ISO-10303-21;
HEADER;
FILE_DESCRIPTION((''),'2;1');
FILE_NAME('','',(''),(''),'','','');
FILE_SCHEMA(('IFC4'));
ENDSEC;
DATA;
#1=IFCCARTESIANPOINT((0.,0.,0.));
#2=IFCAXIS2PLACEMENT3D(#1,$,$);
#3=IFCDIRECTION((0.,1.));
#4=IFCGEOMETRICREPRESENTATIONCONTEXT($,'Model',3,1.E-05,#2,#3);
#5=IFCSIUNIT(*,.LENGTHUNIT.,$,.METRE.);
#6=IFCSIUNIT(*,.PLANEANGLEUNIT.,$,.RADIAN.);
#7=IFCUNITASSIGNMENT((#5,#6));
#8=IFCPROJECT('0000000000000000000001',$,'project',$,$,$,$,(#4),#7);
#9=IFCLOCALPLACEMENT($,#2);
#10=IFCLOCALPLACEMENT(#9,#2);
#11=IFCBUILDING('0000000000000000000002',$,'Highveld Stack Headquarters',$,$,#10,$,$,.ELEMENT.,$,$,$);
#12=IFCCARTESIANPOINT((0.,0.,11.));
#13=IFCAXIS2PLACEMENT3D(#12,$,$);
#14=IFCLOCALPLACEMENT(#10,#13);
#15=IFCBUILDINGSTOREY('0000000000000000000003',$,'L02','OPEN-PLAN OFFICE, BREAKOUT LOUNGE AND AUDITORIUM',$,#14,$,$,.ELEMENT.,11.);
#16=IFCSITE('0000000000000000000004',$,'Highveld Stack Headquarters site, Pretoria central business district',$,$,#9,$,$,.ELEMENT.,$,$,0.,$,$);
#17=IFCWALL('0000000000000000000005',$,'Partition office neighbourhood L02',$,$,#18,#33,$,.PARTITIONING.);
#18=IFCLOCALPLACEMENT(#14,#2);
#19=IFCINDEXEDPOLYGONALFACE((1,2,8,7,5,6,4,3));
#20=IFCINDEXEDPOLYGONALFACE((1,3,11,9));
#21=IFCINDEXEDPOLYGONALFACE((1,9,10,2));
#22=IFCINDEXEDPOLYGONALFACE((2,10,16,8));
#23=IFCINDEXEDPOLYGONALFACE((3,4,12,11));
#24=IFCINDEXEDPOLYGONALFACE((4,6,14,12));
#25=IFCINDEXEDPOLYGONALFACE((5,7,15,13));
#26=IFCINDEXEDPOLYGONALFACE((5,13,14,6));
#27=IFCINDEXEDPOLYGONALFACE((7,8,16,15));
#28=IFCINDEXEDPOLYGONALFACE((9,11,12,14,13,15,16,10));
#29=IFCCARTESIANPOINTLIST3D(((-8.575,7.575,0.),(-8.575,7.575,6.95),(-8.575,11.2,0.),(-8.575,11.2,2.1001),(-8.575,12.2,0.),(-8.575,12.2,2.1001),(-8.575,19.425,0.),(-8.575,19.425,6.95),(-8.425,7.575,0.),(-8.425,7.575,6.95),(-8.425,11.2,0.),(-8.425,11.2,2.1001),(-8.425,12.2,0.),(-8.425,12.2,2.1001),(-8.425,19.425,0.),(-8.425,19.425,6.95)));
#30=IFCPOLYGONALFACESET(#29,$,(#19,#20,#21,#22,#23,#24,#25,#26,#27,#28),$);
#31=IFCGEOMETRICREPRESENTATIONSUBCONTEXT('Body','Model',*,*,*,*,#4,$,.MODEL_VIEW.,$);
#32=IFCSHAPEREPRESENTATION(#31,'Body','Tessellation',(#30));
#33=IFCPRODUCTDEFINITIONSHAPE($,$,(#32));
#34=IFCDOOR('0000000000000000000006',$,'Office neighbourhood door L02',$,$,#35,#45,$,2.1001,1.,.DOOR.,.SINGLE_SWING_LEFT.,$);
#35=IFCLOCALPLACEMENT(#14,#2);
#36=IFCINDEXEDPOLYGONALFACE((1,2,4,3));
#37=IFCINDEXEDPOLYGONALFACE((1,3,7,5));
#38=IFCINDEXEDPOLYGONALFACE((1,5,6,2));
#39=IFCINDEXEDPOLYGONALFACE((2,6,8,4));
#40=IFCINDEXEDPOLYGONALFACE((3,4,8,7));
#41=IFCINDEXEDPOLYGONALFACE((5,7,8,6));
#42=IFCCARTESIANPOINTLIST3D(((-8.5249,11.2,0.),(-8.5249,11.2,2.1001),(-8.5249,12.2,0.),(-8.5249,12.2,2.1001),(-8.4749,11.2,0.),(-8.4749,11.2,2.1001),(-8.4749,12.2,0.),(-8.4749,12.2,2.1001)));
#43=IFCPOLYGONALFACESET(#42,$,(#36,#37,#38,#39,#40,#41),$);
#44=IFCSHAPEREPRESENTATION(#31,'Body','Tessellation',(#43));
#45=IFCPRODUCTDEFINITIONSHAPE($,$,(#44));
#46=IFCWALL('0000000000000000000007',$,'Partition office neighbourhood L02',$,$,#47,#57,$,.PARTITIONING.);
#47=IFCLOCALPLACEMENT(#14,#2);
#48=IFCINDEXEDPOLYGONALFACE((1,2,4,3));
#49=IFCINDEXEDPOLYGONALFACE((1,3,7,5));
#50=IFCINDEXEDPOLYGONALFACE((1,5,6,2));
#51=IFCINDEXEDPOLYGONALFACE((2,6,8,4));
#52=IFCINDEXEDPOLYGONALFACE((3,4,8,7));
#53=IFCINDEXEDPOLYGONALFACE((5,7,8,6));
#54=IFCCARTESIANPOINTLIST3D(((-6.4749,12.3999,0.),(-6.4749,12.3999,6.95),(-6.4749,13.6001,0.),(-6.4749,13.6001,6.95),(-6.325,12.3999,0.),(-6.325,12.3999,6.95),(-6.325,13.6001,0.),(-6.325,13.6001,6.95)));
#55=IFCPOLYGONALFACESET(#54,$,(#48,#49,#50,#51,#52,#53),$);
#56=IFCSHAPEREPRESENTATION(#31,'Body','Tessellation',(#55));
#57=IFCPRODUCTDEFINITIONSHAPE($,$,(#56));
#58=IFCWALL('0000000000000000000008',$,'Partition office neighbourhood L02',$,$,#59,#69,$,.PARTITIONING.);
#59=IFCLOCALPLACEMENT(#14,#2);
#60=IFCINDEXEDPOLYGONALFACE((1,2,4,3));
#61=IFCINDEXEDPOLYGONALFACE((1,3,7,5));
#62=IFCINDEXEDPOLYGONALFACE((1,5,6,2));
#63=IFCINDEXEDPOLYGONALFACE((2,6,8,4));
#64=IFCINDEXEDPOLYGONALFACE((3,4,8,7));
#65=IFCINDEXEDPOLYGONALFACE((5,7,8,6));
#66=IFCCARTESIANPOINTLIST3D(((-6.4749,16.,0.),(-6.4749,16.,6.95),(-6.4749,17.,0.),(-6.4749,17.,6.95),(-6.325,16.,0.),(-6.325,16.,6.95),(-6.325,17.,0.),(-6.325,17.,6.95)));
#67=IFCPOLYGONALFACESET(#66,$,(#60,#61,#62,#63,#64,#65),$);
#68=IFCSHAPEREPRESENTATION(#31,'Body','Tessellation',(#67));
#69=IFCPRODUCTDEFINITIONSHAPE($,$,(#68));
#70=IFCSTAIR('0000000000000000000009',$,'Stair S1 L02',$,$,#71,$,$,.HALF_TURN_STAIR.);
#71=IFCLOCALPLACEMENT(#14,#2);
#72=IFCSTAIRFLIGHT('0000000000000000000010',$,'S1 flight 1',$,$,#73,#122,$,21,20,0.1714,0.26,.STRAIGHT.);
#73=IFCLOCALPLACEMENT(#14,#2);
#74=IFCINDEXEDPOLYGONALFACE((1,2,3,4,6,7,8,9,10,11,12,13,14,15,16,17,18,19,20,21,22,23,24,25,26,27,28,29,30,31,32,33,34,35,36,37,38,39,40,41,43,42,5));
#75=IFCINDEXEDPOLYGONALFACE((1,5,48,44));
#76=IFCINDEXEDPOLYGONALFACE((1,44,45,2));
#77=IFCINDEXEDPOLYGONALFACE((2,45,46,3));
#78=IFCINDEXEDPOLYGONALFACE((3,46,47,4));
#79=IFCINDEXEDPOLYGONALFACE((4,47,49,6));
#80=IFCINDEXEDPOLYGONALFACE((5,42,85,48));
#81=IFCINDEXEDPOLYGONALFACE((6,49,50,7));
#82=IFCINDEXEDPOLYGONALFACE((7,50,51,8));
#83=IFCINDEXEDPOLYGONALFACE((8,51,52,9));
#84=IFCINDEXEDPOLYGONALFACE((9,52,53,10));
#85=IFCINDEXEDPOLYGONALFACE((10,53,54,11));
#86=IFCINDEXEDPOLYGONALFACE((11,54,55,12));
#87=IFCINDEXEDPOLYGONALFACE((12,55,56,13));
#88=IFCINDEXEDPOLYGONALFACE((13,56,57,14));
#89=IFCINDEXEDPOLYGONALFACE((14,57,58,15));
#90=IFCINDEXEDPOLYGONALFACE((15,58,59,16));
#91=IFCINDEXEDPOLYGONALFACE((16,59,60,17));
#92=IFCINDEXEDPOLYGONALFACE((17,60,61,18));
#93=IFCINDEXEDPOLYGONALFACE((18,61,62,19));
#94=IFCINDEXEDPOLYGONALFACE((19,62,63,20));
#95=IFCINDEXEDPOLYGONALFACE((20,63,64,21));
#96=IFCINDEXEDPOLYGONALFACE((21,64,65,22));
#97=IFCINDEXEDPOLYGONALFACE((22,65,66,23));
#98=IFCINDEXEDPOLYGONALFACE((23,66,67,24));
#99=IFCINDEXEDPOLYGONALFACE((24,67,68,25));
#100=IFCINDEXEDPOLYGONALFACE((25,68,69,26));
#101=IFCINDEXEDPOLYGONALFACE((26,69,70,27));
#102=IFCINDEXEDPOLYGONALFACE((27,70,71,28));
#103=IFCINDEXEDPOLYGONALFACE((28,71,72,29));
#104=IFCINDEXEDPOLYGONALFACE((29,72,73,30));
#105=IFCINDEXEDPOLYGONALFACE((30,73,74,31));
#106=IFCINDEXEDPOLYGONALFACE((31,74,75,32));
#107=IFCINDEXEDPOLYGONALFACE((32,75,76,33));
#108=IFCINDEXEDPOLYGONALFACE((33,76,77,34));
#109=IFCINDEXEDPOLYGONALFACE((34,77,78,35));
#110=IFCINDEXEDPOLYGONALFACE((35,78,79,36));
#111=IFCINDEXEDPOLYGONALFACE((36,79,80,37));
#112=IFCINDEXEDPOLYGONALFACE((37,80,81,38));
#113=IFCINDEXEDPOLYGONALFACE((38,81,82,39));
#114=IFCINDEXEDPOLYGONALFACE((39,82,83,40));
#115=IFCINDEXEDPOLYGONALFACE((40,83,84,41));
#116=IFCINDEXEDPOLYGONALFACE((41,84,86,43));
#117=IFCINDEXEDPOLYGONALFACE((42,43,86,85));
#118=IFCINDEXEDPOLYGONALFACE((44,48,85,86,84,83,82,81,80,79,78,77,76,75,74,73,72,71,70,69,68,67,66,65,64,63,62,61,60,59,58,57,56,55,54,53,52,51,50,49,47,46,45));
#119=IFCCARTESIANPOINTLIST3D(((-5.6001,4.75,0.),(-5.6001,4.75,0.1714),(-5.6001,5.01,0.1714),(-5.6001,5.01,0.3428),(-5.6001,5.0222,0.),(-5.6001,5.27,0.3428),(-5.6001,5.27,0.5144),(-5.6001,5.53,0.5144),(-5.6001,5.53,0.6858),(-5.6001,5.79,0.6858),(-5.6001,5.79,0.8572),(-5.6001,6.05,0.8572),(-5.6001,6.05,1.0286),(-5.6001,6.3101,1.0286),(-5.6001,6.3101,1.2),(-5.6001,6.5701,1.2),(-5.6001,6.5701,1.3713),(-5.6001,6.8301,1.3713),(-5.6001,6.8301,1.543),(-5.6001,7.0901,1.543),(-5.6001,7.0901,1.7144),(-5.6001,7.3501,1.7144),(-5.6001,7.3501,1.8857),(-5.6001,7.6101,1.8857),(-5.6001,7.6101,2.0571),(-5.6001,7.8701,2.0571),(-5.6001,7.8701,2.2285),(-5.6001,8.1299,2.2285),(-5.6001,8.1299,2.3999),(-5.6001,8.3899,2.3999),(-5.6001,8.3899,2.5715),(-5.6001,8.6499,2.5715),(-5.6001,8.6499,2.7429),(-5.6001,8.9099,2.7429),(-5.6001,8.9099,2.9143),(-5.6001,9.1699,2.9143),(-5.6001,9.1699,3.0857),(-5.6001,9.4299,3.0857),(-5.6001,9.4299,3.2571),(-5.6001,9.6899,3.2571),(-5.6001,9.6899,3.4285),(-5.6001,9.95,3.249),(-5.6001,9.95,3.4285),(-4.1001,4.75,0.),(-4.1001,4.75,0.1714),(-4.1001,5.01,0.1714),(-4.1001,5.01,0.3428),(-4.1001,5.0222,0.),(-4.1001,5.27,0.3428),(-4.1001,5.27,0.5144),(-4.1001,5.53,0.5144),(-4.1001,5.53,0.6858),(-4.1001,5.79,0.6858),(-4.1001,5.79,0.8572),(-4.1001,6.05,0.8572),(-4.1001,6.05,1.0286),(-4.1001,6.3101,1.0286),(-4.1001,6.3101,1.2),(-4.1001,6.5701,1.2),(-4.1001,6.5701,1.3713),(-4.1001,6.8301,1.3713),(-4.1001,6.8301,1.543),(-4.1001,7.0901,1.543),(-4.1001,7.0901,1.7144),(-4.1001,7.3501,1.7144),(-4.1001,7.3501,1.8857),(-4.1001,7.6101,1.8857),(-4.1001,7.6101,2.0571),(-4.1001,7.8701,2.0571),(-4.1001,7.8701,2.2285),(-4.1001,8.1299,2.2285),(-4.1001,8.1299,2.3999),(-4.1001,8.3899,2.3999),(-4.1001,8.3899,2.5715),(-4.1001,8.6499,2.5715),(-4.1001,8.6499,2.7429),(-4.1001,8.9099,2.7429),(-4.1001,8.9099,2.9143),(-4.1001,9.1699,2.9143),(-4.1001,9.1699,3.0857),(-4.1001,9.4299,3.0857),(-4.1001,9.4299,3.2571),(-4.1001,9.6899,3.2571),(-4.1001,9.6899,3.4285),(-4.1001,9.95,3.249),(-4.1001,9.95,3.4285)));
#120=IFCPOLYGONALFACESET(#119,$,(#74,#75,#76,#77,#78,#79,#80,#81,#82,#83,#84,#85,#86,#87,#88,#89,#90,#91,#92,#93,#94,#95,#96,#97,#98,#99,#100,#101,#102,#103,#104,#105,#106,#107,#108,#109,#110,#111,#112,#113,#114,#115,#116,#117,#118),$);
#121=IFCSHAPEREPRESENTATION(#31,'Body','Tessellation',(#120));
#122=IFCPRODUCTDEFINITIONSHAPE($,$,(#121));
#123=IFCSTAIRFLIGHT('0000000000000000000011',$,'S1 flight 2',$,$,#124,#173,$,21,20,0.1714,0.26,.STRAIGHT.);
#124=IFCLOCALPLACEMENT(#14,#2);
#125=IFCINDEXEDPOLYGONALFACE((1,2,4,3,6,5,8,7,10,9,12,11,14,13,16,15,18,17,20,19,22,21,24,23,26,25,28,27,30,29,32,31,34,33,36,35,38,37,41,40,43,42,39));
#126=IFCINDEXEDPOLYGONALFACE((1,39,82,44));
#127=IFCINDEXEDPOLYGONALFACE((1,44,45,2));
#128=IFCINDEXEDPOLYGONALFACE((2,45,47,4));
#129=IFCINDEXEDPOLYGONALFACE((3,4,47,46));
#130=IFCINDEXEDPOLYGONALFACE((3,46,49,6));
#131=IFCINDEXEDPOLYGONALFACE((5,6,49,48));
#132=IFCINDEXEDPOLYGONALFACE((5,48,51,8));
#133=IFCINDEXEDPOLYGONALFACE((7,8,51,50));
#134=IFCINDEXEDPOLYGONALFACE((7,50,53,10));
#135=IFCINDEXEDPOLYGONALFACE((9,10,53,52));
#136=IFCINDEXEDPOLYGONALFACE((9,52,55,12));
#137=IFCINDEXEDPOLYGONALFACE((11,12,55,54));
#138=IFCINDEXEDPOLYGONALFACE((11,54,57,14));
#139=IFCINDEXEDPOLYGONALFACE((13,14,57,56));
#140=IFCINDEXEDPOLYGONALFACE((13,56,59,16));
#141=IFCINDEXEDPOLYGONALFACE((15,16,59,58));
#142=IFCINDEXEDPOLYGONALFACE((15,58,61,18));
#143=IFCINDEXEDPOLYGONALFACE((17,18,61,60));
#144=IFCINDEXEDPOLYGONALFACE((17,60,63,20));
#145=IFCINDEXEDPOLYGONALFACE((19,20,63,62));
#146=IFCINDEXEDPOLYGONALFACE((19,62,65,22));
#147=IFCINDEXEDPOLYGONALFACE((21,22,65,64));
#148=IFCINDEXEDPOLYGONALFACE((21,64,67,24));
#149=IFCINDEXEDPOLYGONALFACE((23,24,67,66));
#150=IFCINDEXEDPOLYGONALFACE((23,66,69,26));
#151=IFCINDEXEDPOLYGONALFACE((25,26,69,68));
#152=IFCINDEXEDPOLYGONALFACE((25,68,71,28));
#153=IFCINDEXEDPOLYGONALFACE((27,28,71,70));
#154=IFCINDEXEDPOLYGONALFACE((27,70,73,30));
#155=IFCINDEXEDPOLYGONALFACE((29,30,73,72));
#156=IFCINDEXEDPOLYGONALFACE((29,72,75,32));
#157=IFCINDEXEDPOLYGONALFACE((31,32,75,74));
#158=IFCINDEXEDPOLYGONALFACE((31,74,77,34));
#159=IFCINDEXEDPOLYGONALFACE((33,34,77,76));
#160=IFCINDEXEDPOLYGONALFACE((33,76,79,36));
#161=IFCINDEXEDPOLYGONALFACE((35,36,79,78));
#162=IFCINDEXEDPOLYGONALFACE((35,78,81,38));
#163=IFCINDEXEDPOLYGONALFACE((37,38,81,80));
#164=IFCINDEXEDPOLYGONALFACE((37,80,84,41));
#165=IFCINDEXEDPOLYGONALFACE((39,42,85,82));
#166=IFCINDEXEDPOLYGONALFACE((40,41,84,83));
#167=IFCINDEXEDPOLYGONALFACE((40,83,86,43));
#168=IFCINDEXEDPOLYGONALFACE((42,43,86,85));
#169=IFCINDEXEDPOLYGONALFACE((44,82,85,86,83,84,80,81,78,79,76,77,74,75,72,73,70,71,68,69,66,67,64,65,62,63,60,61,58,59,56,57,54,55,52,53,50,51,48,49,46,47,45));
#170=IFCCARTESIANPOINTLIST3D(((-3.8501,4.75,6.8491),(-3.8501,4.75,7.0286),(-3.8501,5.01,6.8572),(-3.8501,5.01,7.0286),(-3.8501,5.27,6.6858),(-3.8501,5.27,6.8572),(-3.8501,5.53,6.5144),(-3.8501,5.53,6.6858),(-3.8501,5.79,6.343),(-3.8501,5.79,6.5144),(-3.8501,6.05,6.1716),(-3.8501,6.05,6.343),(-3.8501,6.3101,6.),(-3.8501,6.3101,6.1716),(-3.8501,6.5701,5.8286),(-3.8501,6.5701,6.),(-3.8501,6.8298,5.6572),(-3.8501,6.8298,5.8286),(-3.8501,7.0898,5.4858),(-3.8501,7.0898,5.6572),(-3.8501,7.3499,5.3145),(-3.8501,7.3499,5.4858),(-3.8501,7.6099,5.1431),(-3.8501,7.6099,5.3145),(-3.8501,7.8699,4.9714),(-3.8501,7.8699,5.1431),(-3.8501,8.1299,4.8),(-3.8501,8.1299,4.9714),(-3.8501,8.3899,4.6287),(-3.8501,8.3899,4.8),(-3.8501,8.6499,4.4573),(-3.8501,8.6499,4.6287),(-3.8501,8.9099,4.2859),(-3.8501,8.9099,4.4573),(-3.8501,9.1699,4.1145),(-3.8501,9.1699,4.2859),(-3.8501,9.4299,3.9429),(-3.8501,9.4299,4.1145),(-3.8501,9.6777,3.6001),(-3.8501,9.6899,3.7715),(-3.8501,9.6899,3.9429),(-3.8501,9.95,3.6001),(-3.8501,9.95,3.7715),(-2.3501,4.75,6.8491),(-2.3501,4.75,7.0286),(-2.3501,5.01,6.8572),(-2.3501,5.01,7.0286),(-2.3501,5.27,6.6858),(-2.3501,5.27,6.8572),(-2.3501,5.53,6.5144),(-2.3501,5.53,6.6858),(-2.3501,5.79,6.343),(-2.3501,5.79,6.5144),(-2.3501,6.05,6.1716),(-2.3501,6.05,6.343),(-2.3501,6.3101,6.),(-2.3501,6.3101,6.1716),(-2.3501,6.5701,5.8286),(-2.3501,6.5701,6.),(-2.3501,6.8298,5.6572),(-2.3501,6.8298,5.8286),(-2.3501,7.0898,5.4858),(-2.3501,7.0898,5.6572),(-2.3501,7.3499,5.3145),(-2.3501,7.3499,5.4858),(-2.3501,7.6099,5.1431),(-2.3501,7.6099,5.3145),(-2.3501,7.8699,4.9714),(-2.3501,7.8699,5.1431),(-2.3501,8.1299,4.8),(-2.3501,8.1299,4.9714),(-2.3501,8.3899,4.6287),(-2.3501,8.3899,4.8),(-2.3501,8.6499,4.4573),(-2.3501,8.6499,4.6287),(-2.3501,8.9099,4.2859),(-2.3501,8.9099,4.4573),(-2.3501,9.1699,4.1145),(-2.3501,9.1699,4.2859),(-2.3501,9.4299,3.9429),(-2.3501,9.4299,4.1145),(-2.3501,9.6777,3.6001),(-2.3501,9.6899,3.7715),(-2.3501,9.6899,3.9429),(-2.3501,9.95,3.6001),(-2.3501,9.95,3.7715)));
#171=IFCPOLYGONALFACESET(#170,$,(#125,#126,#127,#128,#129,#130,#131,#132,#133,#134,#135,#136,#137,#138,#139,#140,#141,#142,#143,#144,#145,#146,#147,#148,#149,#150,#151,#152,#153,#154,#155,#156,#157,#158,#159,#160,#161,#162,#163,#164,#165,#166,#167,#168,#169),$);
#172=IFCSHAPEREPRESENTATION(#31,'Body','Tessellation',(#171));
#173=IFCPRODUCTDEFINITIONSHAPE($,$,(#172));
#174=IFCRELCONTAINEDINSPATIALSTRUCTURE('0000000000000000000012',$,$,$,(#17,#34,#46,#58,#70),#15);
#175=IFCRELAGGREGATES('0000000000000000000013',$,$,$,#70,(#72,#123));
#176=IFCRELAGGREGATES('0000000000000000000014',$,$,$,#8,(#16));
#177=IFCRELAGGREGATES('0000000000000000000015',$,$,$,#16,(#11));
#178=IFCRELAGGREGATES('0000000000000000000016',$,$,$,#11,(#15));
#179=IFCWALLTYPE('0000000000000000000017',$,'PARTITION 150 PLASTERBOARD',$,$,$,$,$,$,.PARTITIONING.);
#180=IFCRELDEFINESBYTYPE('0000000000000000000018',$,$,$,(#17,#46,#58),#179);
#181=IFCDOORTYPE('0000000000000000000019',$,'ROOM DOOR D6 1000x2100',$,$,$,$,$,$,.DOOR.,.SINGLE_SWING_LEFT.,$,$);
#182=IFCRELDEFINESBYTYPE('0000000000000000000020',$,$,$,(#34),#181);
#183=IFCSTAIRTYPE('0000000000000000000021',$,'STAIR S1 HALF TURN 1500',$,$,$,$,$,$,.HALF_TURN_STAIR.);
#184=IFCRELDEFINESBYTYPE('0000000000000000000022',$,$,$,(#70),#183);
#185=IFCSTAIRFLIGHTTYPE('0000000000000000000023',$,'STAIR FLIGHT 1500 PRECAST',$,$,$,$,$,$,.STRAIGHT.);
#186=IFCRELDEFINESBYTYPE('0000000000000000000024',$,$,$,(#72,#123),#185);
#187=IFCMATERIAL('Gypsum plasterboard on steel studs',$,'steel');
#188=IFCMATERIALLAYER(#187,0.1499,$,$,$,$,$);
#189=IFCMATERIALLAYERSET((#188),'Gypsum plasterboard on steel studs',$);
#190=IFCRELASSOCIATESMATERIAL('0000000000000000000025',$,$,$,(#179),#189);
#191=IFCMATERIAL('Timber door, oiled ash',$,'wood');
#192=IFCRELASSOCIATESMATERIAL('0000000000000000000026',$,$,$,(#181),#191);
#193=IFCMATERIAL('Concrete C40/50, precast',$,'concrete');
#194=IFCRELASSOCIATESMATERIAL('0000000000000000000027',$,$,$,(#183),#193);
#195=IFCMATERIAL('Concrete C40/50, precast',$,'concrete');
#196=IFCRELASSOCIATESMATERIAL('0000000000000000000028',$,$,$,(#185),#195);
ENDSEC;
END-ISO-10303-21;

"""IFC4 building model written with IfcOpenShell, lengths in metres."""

from ifc_helpers import new_model, si_unit, direction, frame, frame_2d, origin, place, context, subcontext, project, spatial, polyline, rectangle, outline, extrude, material, layer, layer_set, type_object, element, fill, aggregate, save


model = new_model("IFC4")

# Units and contexts
model_context = context("Model", 3, precision=1e-05, world=origin(), true_north=direction((0.0, 1.0)))
body_context = subcontext(model_context, "Body", "Model", "MODEL_VIEW")
ifc_project = project(units=[si_unit("LENGTHUNIT", "METRE"), si_unit("PLANEANGLEUNIT", "RADIAN")], contexts=[model_context])

# Site, building, storey
site_placement = place(None, origin())
site = spatial("IfcSite", under=ifc_project, at=site_placement, Name="Highveld Stack Headquarters site, Pretoria central business district", CompositionType="ELEMENT", RefElevation=0.0)
building_placement = place(site_placement, origin())
building = spatial("IfcBuilding", under=site, at=building_placement, Name="Highveld Stack Headquarters", CompositionType="ELEMENT")
storey_placement = place(building_placement, frame((0.0, 0.0, 11.0)))
storey = spatial("IfcBuildingStorey", under=building, at=storey_placement, Name="L02", Description="OPEN-PLAN OFFICE, BREAKOUT LOUNGE AND AUDITORIUM", CompositionType="ELEMENT", Elevation=11.0)

# Wall, opening, door
ifc_material_1 = material(Name="Gypsum plasterboard on steel studs", Category="steel")
ifc_layer_1 = layer(ifc_material_1, 0.1499)
ifc_layer_set_1 = layer_set([ifc_layer_1], Name="Gypsum plasterboard on steel studs")
wall_type_1 = type_object("IfcWallType", Name="PARTITION 150 PLASTERBOARD", PredefinedType="PARTITIONING", material=ifc_layer_set_1)
wall_1_placement = place(storey_placement, frame((-8.5, 7.575, 0.0), z_axis=(0.0, 0.0, 1.0), x_axis=(0.0, 1.0, 0.0)))
wall_1 = element("IfcWall", 1, at=wall_1_placement, inside=storey, type_object=wall_type_1, Name="Partition office neighbourhood L02", PredefinedType="PARTITIONING", context=body_context, shape_type="SweptSolid", body=[
    extrude(rectangle(XDim=11.8501, YDim=0.1499, at=frame_2d((5.925, 0.0))), origin(), (0.0, 0.0, 1.0), 6.95),
])
opening_1_placement = place(wall_1_placement, frame((3.625, 0.0, 0.0)))
opening_1 = element("IfcOpeningElement", 2, at=opening_1_placement, cuts=wall_1, PredefinedType="OPENING", context=body_context, shape_type="SweptSolid", body=[
    extrude(rectangle(XDim=1.0, YDim=2.1001, at=frame_2d((0.5, 1.05))), frame((0.0, 0.085, 0.0), z_axis=(0.0, -1.0, 0.0), x_axis=(1.0, 0.0, 0.0)), (0.0, 0.0, 1.0), 0.1699),
])
ifc_material_2 = material(Name="Timber door, oiled ash", Category="wood")
door_type_1 = type_object("IfcDoorType", Name="ROOM DOOR D6 1000x2100", OperationType="SINGLE_SWING_LEFT", PredefinedType="DOOR", material=ifc_material_2)
door_1_placement = place(opening_1_placement, origin())
door_1 = element("IfcDoor", 3, at=door_1_placement, inside=storey, type_object=door_type_1, Name="Office neighbourhood door L02", OperationType="SINGLE_SWING_LEFT", OverallHeight=2.1001, OverallWidth=1.0, PredefinedType="DOOR", context=body_context, shape_type="SweptSolid", body=[
    extrude(rectangle(XDim=1.0, YDim=2.1001, at=frame_2d((0.5, 1.05))), frame((0.0, 0.0249, 0.0), z_axis=(0.0, -1.0, 0.0), x_axis=(1.0, 0.0, 0.0)), (0.0, 0.0, 1.0), 0.05),
])
fill(opening_1, door_1)

# Walls
wall_2_placement = place(storey_placement, frame((-6.3999, 12.3999, 0.0), z_axis=(0.0, 0.0, 1.0), x_axis=(0.0, 1.0, 0.0)))
element("IfcWall", 4, at=wall_2_placement, inside=storey, type_object=wall_type_1, Name="Partition office neighbourhood L02", PredefinedType="PARTITIONING", context=body_context, shape_type="SweptSolid", body=[
    extrude(rectangle(XDim=1.2002, YDim=0.1499, at=frame_2d((0.6001, 0.0))), origin(), (0.0, 0.0, 1.0), 6.95),
])
wall_3_placement = place(storey_placement, frame((-6.3999, 16.0, 0.0), z_axis=(0.0, 0.0, 1.0), x_axis=(0.0, 1.0, 0.0)))
element("IfcWall", 5, at=wall_3_placement, inside=storey, type_object=wall_type_1, Name="Partition office neighbourhood L02", PredefinedType="PARTITIONING", context=body_context, shape_type="SweptSolid", body=[
    extrude(rectangle(XDim=1.0, YDim=0.1499, at=frame_2d((0.5, 0.0))), origin(), (0.0, 0.0, 1.0), 6.95),
])

# Stair, stair flights
ifc_material_3 = material(Name="Concrete C40/50, precast", Category="concrete")
stair_type = type_object("IfcStairType", Name="STAIR S1 HALF TURN 1500", PredefinedType="HALF_TURN_STAIR", material=ifc_material_3)
stair_placement = place(storey_placement, origin())
stair = element("IfcStair", 6, at=stair_placement, inside=storey, type_object=stair_type, Name="Stair S1 L02", PredefinedType="HALF_TURN_STAIR")
ifc_material_4 = material(Name="Concrete C40/50, precast", Category="concrete")
stair_flight_type = type_object("IfcStairFlightType", Name="STAIR FLIGHT 1500 PRECAST", PredefinedType="STRAIGHT", material=ifc_material_4)
stair_flight_1_placement = place(storey_placement, frame((-4.8501, 4.75, 0.0), z_axis=(0.0, 0.0, 1.0), x_axis=(0.0, 1.0, 0.0)))
stair_flight_1 = element("IfcStairFlight", 7, at=stair_flight_1_placement, type_object=stair_flight_type, Name="S1 flight 1", NumberOfRisers=21, NumberOfTreads=20, PredefinedType="STRAIGHT", RiserHeight=0.1714, TreadLength=0.26, context=body_context, shape_type="SweptSolid", body=[
    extrude(outline(polyline([(0.0, 0.0), (0.0, 0.1714), (0.26, 0.1714), (0.26, 0.3428), (0.52, 0.3428), (0.52, 0.5144), (0.78, 0.5144), (0.78, 0.6858), (1.04, 0.6858), (1.04, 0.8572), (1.3, 0.8572), (1.3, 1.0286), (1.5601, 1.0286), (1.5601, 1.2), (1.8201, 1.2), (1.8201, 1.3713), (2.0801, 1.3713), (2.0801, 1.543), (2.3401, 1.543), (2.3401, 1.7144), (2.6001, 1.7144), (2.6001, 1.8857), (2.8601, 1.8857), (2.8601, 2.0571), (3.1201, 2.0571), (3.1201, 2.2285), (3.3799, 2.2285), (3.3799, 2.3999), (3.6399, 2.3999), (3.6399, 2.5715), (3.8999, 2.5715), (3.8999, 2.7429), (4.1599, 2.7429), (4.1599, 2.9143), (4.4199, 2.9143), (4.4199, 3.0857), (4.6799, 3.0857), (4.6799, 3.2571), (4.9399, 3.2571), (4.9399, 3.4285), (5.2, 3.4285), (5.2, 3.6001), (5.2, 3.249), (0.2722, 0.0), (0.0, 0.0)])), frame((0.0, 0.75, 0.0), z_axis=(0.0, -1.0, 0.0), x_axis=(1.0, 0.0, 0.0)), (0.0, 0.0, 1.0), 1.5),
])
stair_flight_2_placement = place(storey_placement, frame((-3.1001, 9.95, 3.6001), z_axis=(0.0, 0.0, 1.0), x_axis=(0.0, -1.0, 0.0)))
stair_flight_2 = element("IfcStairFlight", 8, at=stair_flight_2_placement, type_object=stair_flight_type, Name="S1 flight 2", NumberOfRisers=21, NumberOfTreads=20, PredefinedType="STRAIGHT", RiserHeight=0.1714, TreadLength=0.26, context=body_context, shape_type="SweptSolid", body=[
    extrude(outline(polyline([(0.0, 0.0), (0.0, 0.1714), (0.26, 0.1714), (0.26, 0.3428), (0.52, 0.3428), (0.52, 0.5144), (0.78, 0.5144), (0.78, 0.6858), (1.04, 0.6858), (1.04, 0.8572), (1.3, 0.8572), (1.3, 1.0286), (1.5601, 1.0286), (1.5601, 1.2), (1.8201, 1.2), (1.8201, 1.3713), (2.0801, 1.3713), (2.0801, 1.543), (2.3401, 1.543), (2.3401, 1.7144), (2.6001, 1.7144), (2.6001, 1.8857), (2.8601, 1.8857), (2.8601, 2.0571), (3.1201, 2.0571), (3.1201, 2.2285), (3.3799, 2.2285), (3.3799, 2.3999), (3.6399, 2.3999), (3.6399, 2.5715), (3.8999, 2.5715), (3.8999, 2.7429), (4.1599, 2.7429), (4.1599, 2.9143), (4.4199, 2.9143), (4.4199, 3.0857), (4.6799, 3.0857), (4.6799, 3.2571), (4.9399, 3.2571), (4.9399, 3.4285), (5.2, 3.4285), (5.2, 3.6001), (5.2, 3.249), (0.2722, 0.0), (0.0, 0.0)])), frame((0.0, 0.75, 0.0), z_axis=(0.0, -1.0, 0.0), x_axis=(1.0, 0.0, 0.0)), (0.0, 0.0, 1.0), 1.5),
])
aggregate(stair, [stair_flight_1, stair_flight_2])

save(model, "model.ifc")
